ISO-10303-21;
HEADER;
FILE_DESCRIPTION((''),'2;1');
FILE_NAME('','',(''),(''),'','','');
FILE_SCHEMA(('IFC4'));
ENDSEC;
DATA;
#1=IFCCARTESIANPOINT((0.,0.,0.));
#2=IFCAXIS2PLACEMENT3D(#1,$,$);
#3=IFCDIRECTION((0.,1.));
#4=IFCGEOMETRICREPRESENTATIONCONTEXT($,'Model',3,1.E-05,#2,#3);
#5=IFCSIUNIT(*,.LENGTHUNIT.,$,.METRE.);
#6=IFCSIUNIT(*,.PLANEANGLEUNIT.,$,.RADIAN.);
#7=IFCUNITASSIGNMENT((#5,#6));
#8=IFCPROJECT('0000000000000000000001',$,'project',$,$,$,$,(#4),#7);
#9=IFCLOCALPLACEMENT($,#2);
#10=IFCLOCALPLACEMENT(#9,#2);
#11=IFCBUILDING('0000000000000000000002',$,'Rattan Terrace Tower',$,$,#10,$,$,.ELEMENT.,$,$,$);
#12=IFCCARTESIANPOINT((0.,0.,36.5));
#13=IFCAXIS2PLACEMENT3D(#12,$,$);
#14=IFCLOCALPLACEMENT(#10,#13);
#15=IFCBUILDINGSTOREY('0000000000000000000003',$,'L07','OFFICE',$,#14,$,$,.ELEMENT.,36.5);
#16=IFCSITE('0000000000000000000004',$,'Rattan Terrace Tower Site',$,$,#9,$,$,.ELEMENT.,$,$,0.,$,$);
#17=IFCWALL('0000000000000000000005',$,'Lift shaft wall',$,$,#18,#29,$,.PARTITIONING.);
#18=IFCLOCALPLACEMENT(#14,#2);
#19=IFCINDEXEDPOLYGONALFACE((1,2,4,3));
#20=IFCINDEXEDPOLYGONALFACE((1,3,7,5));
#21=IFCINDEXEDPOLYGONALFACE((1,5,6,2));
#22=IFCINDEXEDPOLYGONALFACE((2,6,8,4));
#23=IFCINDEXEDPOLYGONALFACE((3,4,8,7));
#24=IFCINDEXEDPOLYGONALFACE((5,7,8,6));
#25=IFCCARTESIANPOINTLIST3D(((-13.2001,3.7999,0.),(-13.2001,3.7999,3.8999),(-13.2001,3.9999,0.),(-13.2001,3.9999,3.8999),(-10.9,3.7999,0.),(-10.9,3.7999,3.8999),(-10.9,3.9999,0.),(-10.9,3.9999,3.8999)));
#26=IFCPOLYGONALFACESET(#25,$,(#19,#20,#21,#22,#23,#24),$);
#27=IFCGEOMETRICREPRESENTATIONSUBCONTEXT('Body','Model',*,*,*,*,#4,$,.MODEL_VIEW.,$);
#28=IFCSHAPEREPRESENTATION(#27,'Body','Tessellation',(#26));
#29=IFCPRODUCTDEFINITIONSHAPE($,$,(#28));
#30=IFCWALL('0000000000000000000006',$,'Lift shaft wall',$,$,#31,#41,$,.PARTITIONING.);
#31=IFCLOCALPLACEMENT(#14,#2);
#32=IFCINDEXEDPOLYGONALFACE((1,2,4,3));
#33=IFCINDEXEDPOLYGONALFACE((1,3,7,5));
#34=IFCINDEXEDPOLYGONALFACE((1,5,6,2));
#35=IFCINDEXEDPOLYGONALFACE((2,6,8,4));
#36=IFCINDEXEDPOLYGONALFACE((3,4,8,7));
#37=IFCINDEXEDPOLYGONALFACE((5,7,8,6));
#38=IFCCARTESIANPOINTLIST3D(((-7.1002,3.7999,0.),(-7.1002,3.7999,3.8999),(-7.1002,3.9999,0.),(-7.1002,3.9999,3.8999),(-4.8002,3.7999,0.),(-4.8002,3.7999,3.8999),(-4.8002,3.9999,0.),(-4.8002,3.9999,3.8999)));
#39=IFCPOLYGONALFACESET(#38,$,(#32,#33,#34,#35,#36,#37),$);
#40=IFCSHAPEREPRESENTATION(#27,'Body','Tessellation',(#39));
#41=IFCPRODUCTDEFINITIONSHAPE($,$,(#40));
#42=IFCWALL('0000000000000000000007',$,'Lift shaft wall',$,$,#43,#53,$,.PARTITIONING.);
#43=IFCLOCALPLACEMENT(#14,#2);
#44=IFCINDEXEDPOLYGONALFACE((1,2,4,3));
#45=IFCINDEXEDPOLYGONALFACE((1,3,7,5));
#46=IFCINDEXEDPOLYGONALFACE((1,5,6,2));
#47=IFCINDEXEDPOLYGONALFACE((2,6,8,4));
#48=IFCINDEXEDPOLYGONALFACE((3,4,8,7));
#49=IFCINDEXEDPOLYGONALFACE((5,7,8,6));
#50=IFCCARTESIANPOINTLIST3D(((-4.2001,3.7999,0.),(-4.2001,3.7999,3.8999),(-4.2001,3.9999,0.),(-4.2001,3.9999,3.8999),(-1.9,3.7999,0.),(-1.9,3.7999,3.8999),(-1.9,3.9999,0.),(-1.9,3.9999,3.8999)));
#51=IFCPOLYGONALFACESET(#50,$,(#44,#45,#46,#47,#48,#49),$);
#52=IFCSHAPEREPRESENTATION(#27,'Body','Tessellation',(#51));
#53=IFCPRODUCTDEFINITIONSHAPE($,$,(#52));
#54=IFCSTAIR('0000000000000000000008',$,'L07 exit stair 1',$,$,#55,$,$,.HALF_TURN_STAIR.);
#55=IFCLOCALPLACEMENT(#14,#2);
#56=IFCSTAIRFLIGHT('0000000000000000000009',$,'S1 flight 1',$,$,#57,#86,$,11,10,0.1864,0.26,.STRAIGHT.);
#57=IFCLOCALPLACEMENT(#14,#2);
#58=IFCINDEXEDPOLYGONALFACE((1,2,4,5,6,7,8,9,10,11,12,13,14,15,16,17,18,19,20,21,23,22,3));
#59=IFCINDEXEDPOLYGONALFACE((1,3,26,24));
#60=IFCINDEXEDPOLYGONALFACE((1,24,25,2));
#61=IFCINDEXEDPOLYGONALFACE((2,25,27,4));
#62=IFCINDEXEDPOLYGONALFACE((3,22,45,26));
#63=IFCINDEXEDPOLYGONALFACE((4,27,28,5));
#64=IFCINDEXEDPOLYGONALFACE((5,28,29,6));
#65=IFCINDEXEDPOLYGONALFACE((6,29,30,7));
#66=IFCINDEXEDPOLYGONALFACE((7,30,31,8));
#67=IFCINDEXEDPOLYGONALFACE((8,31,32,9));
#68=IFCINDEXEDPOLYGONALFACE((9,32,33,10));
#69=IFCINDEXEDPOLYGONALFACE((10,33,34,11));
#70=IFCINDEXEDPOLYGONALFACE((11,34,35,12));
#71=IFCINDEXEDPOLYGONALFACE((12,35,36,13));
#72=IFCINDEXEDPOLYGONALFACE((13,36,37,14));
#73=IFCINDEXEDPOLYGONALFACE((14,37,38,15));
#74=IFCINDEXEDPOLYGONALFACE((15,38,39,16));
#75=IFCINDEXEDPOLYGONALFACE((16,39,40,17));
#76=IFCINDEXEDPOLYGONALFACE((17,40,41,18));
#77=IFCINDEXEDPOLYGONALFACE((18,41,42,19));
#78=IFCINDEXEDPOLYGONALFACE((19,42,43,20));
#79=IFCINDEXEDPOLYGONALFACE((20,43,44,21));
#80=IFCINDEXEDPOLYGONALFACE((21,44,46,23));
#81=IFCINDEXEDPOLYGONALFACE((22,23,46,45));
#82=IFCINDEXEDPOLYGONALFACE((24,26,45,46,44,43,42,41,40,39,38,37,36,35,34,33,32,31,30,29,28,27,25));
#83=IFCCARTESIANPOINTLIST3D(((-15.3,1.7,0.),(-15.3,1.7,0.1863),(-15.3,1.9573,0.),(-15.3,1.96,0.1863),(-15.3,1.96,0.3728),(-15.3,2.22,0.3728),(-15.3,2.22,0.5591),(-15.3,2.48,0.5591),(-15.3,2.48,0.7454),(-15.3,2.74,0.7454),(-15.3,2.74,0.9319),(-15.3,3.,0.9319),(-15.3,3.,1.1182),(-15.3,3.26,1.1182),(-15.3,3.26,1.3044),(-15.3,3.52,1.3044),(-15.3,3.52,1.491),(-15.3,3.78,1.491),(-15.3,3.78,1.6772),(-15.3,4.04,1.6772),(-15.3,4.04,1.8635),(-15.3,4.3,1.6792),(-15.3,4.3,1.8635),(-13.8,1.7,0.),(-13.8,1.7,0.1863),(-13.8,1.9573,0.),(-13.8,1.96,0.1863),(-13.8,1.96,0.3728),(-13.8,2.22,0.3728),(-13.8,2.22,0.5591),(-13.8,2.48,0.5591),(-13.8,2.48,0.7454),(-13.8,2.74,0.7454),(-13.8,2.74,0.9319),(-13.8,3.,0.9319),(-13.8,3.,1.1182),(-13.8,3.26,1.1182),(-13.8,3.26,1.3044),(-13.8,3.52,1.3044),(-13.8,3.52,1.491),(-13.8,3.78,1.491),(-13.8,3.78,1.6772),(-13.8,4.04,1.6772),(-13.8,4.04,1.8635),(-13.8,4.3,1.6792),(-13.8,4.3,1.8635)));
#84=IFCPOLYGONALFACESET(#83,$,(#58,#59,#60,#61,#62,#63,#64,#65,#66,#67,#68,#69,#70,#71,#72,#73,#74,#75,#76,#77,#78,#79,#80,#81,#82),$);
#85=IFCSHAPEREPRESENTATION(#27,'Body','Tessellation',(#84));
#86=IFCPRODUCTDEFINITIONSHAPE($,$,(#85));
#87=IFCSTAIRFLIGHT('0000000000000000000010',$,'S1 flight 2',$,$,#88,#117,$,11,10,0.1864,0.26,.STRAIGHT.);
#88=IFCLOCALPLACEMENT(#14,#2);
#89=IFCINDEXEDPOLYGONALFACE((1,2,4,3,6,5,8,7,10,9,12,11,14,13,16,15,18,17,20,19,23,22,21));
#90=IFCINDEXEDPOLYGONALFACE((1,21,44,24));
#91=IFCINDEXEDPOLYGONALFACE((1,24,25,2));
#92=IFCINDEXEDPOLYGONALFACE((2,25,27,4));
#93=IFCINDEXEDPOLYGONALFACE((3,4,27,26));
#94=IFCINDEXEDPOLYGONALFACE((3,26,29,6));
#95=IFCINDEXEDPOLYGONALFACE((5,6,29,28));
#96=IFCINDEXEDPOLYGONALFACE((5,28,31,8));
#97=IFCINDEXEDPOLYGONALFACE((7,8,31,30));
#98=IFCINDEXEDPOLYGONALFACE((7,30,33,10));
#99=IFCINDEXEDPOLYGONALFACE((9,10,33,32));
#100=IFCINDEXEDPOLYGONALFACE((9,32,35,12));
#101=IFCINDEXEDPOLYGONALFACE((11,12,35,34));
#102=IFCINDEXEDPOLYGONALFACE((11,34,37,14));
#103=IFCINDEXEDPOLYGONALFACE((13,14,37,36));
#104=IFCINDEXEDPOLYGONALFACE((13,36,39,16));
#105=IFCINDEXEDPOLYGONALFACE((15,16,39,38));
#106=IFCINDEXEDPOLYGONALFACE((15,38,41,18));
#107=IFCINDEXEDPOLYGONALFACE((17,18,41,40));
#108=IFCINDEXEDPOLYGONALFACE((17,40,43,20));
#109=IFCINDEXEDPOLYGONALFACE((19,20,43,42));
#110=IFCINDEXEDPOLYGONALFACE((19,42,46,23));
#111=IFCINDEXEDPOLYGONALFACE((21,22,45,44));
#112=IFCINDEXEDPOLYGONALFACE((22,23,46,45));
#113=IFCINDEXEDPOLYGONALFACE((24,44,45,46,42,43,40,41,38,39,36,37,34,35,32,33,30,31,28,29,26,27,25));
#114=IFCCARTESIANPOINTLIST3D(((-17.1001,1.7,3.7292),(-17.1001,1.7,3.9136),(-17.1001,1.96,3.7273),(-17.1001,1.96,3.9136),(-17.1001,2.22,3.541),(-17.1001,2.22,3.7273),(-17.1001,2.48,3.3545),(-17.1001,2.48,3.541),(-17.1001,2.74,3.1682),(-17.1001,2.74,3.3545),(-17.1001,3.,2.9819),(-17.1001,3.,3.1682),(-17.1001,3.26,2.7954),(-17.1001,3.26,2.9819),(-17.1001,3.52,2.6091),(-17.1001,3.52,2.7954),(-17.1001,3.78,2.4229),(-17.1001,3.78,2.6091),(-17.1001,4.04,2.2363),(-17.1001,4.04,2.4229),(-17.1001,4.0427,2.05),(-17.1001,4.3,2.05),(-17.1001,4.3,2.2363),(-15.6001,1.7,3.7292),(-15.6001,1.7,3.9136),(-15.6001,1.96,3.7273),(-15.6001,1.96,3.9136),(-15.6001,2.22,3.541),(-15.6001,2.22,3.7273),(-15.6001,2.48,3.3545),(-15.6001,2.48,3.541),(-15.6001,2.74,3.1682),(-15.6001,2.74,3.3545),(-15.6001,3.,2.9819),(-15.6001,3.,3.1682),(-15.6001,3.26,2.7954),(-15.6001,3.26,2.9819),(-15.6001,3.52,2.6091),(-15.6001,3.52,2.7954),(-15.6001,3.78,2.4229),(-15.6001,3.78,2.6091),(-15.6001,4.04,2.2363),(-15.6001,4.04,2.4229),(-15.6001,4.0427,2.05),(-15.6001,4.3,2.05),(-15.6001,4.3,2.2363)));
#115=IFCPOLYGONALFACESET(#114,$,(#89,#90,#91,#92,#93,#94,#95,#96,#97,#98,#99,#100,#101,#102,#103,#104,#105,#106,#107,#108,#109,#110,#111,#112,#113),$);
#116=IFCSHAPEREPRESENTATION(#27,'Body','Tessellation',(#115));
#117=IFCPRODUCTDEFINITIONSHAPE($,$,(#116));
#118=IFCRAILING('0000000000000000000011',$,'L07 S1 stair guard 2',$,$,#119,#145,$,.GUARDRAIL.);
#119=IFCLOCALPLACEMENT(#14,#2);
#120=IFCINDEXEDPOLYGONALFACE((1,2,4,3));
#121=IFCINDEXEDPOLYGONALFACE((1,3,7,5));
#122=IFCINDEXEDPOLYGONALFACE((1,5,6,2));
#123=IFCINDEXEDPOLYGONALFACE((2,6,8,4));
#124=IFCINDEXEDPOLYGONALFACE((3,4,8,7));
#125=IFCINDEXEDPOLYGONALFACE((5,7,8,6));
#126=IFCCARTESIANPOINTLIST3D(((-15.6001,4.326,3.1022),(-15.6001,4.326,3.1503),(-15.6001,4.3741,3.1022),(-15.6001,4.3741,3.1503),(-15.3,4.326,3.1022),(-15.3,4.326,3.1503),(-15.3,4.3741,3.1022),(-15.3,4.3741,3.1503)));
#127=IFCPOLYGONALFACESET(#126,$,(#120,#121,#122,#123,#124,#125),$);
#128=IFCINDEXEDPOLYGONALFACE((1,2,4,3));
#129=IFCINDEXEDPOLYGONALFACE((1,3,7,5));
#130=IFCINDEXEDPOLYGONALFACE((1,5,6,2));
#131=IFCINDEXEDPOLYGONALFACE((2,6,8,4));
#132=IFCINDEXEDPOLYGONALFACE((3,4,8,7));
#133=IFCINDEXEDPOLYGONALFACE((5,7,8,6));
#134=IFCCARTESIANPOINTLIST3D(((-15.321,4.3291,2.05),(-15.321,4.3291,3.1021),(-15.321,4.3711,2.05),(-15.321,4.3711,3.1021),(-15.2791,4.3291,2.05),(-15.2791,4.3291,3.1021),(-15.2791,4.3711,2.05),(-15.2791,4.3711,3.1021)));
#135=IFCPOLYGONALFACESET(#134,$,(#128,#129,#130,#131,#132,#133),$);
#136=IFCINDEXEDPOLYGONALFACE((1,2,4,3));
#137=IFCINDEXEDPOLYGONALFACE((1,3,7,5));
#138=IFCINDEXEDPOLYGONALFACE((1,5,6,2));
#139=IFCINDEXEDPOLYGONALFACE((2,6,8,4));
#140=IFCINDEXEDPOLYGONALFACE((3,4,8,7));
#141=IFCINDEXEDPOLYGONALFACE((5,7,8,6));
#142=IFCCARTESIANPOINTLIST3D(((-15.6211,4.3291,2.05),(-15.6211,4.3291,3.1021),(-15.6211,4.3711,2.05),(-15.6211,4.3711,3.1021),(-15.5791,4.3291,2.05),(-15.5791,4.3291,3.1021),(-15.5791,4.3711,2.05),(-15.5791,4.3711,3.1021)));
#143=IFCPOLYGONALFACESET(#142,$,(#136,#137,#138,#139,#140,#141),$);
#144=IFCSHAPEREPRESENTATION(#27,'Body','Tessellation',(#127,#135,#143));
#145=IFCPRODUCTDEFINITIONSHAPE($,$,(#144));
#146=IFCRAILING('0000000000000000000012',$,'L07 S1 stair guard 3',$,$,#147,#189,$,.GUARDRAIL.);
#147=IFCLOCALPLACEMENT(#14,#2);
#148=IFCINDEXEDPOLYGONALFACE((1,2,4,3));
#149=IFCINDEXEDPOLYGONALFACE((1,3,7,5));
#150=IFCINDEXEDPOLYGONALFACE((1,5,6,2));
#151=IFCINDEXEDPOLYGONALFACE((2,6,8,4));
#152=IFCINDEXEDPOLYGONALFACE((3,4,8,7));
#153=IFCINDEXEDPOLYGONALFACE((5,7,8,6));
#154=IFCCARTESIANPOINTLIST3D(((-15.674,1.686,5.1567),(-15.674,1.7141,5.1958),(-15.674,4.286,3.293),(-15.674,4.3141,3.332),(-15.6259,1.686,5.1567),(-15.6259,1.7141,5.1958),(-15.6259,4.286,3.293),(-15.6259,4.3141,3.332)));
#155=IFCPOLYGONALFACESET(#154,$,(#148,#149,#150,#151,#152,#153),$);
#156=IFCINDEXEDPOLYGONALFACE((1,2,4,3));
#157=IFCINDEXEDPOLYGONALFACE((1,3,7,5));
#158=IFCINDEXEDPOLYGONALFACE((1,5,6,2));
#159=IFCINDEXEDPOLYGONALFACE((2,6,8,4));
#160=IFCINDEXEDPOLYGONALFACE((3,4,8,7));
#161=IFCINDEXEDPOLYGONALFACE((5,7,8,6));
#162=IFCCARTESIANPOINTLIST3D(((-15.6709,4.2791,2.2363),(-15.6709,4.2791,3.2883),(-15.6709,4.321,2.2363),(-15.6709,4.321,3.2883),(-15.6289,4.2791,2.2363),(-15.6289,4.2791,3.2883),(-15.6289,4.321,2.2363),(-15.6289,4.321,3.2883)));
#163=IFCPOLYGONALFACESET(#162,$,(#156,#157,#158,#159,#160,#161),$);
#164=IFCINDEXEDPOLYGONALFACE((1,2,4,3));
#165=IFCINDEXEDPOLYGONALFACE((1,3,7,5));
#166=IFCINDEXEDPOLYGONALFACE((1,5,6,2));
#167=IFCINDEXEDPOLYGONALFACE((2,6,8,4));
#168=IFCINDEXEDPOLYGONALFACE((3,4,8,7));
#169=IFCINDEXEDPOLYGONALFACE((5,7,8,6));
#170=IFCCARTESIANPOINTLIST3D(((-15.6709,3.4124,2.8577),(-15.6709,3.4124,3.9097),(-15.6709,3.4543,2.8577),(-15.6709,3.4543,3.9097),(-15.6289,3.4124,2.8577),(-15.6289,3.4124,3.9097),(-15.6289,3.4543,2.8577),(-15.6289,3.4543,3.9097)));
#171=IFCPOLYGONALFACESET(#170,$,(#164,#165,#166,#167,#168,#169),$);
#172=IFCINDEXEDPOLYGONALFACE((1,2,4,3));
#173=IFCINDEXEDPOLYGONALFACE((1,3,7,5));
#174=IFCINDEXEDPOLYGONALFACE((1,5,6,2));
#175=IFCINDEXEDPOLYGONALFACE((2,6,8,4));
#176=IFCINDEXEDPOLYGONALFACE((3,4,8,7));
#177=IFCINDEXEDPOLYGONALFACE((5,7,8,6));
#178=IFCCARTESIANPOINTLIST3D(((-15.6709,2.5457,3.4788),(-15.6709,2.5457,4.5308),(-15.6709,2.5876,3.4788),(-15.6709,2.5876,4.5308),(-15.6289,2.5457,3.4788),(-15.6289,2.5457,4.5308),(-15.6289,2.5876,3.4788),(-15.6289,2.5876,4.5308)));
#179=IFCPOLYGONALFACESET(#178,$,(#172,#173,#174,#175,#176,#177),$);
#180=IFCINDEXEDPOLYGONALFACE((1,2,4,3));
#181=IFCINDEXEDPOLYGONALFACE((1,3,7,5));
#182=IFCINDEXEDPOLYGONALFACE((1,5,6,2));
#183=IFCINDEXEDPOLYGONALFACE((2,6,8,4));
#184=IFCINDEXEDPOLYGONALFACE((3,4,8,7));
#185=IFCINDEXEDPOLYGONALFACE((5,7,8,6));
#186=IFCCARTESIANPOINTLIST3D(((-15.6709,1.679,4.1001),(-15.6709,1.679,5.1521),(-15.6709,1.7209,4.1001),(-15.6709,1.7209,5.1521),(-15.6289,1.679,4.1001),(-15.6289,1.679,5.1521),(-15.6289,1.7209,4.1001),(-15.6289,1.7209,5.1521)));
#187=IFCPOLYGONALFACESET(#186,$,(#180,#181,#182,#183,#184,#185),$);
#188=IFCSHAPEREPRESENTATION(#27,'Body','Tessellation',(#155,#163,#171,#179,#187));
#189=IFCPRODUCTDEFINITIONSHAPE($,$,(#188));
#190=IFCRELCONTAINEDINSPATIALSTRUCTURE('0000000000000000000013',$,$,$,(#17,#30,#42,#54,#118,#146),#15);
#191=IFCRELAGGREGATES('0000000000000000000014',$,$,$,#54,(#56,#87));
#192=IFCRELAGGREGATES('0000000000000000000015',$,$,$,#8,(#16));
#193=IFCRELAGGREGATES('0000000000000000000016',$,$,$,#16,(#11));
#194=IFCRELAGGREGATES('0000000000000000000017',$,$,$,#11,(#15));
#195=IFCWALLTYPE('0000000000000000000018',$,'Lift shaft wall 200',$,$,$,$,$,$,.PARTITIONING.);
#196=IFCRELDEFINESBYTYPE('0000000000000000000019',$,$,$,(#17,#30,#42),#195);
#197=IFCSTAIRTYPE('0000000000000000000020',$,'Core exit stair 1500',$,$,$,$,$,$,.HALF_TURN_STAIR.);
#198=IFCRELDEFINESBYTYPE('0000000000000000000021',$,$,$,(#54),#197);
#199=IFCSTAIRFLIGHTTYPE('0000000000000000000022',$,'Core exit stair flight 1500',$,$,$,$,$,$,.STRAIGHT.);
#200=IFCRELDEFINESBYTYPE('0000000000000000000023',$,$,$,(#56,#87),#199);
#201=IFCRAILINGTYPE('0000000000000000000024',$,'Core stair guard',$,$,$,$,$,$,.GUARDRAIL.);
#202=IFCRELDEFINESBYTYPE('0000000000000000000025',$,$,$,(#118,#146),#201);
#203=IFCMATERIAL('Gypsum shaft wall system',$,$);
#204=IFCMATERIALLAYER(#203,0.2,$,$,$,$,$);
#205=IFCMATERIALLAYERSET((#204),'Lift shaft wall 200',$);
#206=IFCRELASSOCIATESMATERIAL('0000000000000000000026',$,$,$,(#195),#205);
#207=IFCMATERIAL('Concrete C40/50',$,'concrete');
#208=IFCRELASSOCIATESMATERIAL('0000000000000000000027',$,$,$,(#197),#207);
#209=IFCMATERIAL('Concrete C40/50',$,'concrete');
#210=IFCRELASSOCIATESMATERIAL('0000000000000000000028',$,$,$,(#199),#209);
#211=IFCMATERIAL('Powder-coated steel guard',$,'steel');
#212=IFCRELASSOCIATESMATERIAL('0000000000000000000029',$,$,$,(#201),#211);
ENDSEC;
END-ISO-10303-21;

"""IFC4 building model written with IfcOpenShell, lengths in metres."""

from ifc_helpers import new_model, si_unit, direction, frame, frame_2d, origin, origin_2d, place, context, subcontext, project, spatial, polyline, rectangle, outline, extrude, material, layer, layer_set, type_object, element, aggregate, save


model = new_model("IFC4")

# Units and contexts
model_context = context("Model", 3, precision=1e-05, world=origin(), true_north=direction((0.0, 1.0)))
body_context = subcontext(model_context, "Body", "Model", "MODEL_VIEW")
ifc_project = project(units=[si_unit("LENGTHUNIT", "METRE"), si_unit("PLANEANGLEUNIT", "RADIAN")], contexts=[model_context])

# Site, building, storey
site_placement = place(None, origin())
site = spatial("IfcSite", under=ifc_project, at=site_placement, Name="Rattan Terrace Tower Site", CompositionType="ELEMENT", RefElevation=0.0)
building_placement = place(site_placement, origin())
building = spatial("IfcBuilding", under=site, at=building_placement, Name="Rattan Terrace Tower", CompositionType="ELEMENT")
storey_placement = place(building_placement, frame((0.0, 0.0, 36.5)))
storey = spatial("IfcBuildingStorey", under=building, at=storey_placement, Name="L07", Description="OFFICE", CompositionType="ELEMENT", Elevation=36.5)

# Walls
ifc_material_1 = material(Name="Gypsum shaft wall system")
ifc_layer_1 = layer(ifc_material_1, 0.2)
ifc_layer_set_1 = layer_set([ifc_layer_1], Name="Lift shaft wall 200")
wall_type = type_object("IfcWallType", Name="Lift shaft wall 200", PredefinedType="PARTITIONING", material=ifc_layer_set_1)
for number, where, z_axis, x_axis, name in (
    (1, (-13.2, 3.8999, 0.0), (0.0, 0.0, 1.0), (1.0, 0.0, 0.0), "Lift shaft wall"),
    (2, (-7.1001, 3.8999, 0.0), (0.0, 0.0, 1.0), (1.0, 0.0, 0.0), "Lift shaft wall"),
    (3, (-4.2, 3.8999, 0.0), (0.0, 0.0, 1.0), (1.0, 0.0, 0.0), "Lift shaft wall"),
):
    element("IfcWall", number, at=place(storey_placement, frame(where, z_axis=z_axis, x_axis=x_axis)), inside=storey, type_object=wall_type, Name=name, PredefinedType="PARTITIONING", context=body_context, shape_type="SweptSolid", body=[
        extrude(rectangle(XDim=2.3, YDim=0.2, at=frame_2d((1.1499, 0.0))), origin(), (0.0, 0.0, 1.0), 3.8999),
    ])

# Stair, stair flights
ifc_material_2 = material(Name="Concrete C40/50", Category="concrete")
stair_type = type_object("IfcStairType", Name="Core exit stair 1500", PredefinedType="HALF_TURN_STAIR", material=ifc_material_2)
stair_placement = place(storey_placement, origin())
stair = element("IfcStair", 4, at=stair_placement, inside=storey, type_object=stair_type, Name="L07 exit stair 1", PredefinedType="HALF_TURN_STAIR")
ifc_material_3 = material(Name="Concrete C40/50", Category="concrete")
stair_flight_type = type_object("IfcStairFlightType", Name="Core exit stair flight 1500", PredefinedType="STRAIGHT", material=ifc_material_3)
stair_flight_1_placement = place(storey_placement, frame((-14.55, 1.7, 0.0), z_axis=(0.0, 0.0, 1.0), x_axis=(0.0, 1.0, 0.0)))
stair_flight_1 = element("IfcStairFlight", 5, at=stair_flight_1_placement, type_object=stair_flight_type, Name="S1 flight 1", NumberOfRisers=11, NumberOfTreads=10, PredefinedType="STRAIGHT", RiserHeight=0.1864, TreadLength=0.26, context=body_context, shape_type="SweptSolid", body=[
    extrude(outline(polyline([(0.0, 0.0), (0.0, 0.1863), (0.26, 0.1863), (0.26, 0.3728), (0.52, 0.3728), (0.52, 0.5591), (0.78, 0.5591), (0.78, 0.7454), (1.04, 0.7454), (1.04, 0.9319), (1.3, 0.9319), (1.3, 1.1182), (1.5601, 1.1182), (1.5601, 1.3044), (1.8201, 1.3044), (1.8201, 1.491), (2.0801, 1.491), (2.0801, 1.6772), (2.3401, 1.6772), (2.3401, 1.8635), (2.6001, 1.8635), (2.6001, 2.05), (2.6001, 1.6792), (0.2573, 0.0), (0.0, 0.0)])), frame((0.0, 0.75, 0.0), z_axis=(0.0, -1.0, 0.0), x_axis=(1.0, 0.0, 0.0)), (0.0, 0.0, 1.0), 1.5),
])
stair_flight_2_placement = place(storey_placement, frame((-16.3501, 4.3, 2.05), z_axis=(0.0, 0.0, 1.0), x_axis=(0.0, -1.0, 0.0)))
stair_flight_2 = element("IfcStairFlight", 6, at=stair_flight_2_placement, type_object=stair_flight_type, Name="S1 flight 2", NumberOfRisers=11, NumberOfTreads=10, PredefinedType="STRAIGHT", RiserHeight=0.1864, TreadLength=0.26, context=body_context, shape_type="SweptSolid", body=[
    extrude(outline(polyline([(0.0, 0.0), (0.0, 0.1863), (0.26, 0.1863), (0.26, 0.3728), (0.52, 0.3728), (0.52, 0.5591), (0.78, 0.5591), (0.78, 0.7454), (1.04, 0.7454), (1.04, 0.9319), (1.3, 0.9319), (1.3, 1.1182), (1.5601, 1.1182), (1.5601, 1.3044), (1.8201, 1.3044), (1.8201, 1.491), (2.0801, 1.491), (2.0801, 1.6772), (2.3401, 1.6772), (2.3401, 1.8635), (2.6001, 1.8635), (2.6001, 2.05), (2.6001, 1.6792), (0.2573, 0.0), (0.0, 0.0)])), frame((0.0, 0.75, 0.0), z_axis=(0.0, -1.0, 0.0), x_axis=(1.0, 0.0, 0.0)), (0.0, 0.0, 1.0), 1.5),
])
aggregate(stair, [stair_flight_1, stair_flight_2])

# Railings
ifc_material_4 = material(Name="Powder-coated steel guard", Category="steel")
railing_type_1 = type_object("IfcRailingType", Name="Core stair guard", PredefinedType="GUARDRAIL", material=ifc_material_4)
railing_1_placement = place(storey_placement, frame((-15.3, 4.3501, 2.05)))
element("IfcRailing", 7, at=railing_1_placement, inside=storey, type_object=railing_type_1, Name="L07 S1 stair guard 2", PredefinedType="GUARDRAIL", context=body_context, shape_type="SweptSolid", body=[
    extrude(rectangle(XDim=0.0481, YDim=0.0481, at=origin_2d()), frame((0.0, 0.0, 1.0762), z_axis=(-1.0, 0.0, 0.0), x_axis=(0.0, -1.0, 0.0)), (0.0, 0.0, 1.0), 0.3),
    extrude(rectangle(XDim=0.042, YDim=0.042, at=origin_2d()), origin(), (0.0, 0.0, 1.0), 1.052),
    extrude(rectangle(XDim=0.042, YDim=0.042, at=origin_2d()), frame((-0.3, 0.0, 0.0)), (0.0, 0.0, 1.0), 1.052),
])
railing_2_placement = place(storey_placement, frame((-15.6499, 4.3, 2.2363)))
element("IfcRailing", 8, at=railing_2_placement, inside=storey, type_object=railing_type_1, Name="L07 S1 stair guard 3", PredefinedType="GUARDRAIL", context=body_context, shape_type="SweptSolid", body=[
    extrude(rectangle(XDim=0.0481, YDim=0.0481, at=origin_2d()), frame((0.0, 0.0, 1.0762), z_axis=(0.0, -0.812763, 0.582595), x_axis=(1.0, 0.0, 0.0)), (0.0, 0.0, 1.0), 3.199),
    extrude(rectangle(XDim=0.042, YDim=0.042, at=origin_2d()), origin(), (0.0, 0.0, 1.0), 1.052),
    extrude(rectangle(XDim=0.042, YDim=0.042, at=origin_2d()), frame((0.0, -0.8667, 0.6213)), (0.0, 0.0, 1.0), 1.052),
    extrude(rectangle(XDim=0.042, YDim=0.042, at=origin_2d()), frame((0.0, -1.7334, 1.2424)), (0.0, 0.0, 1.0), 1.052),
    extrude(rectangle(XDim=0.042, YDim=0.042, at=origin_2d()), frame((0.0, -2.6001, 1.8638)), (0.0, 0.0, 1.0), 1.052),
])

save(model, "model.ifc")
